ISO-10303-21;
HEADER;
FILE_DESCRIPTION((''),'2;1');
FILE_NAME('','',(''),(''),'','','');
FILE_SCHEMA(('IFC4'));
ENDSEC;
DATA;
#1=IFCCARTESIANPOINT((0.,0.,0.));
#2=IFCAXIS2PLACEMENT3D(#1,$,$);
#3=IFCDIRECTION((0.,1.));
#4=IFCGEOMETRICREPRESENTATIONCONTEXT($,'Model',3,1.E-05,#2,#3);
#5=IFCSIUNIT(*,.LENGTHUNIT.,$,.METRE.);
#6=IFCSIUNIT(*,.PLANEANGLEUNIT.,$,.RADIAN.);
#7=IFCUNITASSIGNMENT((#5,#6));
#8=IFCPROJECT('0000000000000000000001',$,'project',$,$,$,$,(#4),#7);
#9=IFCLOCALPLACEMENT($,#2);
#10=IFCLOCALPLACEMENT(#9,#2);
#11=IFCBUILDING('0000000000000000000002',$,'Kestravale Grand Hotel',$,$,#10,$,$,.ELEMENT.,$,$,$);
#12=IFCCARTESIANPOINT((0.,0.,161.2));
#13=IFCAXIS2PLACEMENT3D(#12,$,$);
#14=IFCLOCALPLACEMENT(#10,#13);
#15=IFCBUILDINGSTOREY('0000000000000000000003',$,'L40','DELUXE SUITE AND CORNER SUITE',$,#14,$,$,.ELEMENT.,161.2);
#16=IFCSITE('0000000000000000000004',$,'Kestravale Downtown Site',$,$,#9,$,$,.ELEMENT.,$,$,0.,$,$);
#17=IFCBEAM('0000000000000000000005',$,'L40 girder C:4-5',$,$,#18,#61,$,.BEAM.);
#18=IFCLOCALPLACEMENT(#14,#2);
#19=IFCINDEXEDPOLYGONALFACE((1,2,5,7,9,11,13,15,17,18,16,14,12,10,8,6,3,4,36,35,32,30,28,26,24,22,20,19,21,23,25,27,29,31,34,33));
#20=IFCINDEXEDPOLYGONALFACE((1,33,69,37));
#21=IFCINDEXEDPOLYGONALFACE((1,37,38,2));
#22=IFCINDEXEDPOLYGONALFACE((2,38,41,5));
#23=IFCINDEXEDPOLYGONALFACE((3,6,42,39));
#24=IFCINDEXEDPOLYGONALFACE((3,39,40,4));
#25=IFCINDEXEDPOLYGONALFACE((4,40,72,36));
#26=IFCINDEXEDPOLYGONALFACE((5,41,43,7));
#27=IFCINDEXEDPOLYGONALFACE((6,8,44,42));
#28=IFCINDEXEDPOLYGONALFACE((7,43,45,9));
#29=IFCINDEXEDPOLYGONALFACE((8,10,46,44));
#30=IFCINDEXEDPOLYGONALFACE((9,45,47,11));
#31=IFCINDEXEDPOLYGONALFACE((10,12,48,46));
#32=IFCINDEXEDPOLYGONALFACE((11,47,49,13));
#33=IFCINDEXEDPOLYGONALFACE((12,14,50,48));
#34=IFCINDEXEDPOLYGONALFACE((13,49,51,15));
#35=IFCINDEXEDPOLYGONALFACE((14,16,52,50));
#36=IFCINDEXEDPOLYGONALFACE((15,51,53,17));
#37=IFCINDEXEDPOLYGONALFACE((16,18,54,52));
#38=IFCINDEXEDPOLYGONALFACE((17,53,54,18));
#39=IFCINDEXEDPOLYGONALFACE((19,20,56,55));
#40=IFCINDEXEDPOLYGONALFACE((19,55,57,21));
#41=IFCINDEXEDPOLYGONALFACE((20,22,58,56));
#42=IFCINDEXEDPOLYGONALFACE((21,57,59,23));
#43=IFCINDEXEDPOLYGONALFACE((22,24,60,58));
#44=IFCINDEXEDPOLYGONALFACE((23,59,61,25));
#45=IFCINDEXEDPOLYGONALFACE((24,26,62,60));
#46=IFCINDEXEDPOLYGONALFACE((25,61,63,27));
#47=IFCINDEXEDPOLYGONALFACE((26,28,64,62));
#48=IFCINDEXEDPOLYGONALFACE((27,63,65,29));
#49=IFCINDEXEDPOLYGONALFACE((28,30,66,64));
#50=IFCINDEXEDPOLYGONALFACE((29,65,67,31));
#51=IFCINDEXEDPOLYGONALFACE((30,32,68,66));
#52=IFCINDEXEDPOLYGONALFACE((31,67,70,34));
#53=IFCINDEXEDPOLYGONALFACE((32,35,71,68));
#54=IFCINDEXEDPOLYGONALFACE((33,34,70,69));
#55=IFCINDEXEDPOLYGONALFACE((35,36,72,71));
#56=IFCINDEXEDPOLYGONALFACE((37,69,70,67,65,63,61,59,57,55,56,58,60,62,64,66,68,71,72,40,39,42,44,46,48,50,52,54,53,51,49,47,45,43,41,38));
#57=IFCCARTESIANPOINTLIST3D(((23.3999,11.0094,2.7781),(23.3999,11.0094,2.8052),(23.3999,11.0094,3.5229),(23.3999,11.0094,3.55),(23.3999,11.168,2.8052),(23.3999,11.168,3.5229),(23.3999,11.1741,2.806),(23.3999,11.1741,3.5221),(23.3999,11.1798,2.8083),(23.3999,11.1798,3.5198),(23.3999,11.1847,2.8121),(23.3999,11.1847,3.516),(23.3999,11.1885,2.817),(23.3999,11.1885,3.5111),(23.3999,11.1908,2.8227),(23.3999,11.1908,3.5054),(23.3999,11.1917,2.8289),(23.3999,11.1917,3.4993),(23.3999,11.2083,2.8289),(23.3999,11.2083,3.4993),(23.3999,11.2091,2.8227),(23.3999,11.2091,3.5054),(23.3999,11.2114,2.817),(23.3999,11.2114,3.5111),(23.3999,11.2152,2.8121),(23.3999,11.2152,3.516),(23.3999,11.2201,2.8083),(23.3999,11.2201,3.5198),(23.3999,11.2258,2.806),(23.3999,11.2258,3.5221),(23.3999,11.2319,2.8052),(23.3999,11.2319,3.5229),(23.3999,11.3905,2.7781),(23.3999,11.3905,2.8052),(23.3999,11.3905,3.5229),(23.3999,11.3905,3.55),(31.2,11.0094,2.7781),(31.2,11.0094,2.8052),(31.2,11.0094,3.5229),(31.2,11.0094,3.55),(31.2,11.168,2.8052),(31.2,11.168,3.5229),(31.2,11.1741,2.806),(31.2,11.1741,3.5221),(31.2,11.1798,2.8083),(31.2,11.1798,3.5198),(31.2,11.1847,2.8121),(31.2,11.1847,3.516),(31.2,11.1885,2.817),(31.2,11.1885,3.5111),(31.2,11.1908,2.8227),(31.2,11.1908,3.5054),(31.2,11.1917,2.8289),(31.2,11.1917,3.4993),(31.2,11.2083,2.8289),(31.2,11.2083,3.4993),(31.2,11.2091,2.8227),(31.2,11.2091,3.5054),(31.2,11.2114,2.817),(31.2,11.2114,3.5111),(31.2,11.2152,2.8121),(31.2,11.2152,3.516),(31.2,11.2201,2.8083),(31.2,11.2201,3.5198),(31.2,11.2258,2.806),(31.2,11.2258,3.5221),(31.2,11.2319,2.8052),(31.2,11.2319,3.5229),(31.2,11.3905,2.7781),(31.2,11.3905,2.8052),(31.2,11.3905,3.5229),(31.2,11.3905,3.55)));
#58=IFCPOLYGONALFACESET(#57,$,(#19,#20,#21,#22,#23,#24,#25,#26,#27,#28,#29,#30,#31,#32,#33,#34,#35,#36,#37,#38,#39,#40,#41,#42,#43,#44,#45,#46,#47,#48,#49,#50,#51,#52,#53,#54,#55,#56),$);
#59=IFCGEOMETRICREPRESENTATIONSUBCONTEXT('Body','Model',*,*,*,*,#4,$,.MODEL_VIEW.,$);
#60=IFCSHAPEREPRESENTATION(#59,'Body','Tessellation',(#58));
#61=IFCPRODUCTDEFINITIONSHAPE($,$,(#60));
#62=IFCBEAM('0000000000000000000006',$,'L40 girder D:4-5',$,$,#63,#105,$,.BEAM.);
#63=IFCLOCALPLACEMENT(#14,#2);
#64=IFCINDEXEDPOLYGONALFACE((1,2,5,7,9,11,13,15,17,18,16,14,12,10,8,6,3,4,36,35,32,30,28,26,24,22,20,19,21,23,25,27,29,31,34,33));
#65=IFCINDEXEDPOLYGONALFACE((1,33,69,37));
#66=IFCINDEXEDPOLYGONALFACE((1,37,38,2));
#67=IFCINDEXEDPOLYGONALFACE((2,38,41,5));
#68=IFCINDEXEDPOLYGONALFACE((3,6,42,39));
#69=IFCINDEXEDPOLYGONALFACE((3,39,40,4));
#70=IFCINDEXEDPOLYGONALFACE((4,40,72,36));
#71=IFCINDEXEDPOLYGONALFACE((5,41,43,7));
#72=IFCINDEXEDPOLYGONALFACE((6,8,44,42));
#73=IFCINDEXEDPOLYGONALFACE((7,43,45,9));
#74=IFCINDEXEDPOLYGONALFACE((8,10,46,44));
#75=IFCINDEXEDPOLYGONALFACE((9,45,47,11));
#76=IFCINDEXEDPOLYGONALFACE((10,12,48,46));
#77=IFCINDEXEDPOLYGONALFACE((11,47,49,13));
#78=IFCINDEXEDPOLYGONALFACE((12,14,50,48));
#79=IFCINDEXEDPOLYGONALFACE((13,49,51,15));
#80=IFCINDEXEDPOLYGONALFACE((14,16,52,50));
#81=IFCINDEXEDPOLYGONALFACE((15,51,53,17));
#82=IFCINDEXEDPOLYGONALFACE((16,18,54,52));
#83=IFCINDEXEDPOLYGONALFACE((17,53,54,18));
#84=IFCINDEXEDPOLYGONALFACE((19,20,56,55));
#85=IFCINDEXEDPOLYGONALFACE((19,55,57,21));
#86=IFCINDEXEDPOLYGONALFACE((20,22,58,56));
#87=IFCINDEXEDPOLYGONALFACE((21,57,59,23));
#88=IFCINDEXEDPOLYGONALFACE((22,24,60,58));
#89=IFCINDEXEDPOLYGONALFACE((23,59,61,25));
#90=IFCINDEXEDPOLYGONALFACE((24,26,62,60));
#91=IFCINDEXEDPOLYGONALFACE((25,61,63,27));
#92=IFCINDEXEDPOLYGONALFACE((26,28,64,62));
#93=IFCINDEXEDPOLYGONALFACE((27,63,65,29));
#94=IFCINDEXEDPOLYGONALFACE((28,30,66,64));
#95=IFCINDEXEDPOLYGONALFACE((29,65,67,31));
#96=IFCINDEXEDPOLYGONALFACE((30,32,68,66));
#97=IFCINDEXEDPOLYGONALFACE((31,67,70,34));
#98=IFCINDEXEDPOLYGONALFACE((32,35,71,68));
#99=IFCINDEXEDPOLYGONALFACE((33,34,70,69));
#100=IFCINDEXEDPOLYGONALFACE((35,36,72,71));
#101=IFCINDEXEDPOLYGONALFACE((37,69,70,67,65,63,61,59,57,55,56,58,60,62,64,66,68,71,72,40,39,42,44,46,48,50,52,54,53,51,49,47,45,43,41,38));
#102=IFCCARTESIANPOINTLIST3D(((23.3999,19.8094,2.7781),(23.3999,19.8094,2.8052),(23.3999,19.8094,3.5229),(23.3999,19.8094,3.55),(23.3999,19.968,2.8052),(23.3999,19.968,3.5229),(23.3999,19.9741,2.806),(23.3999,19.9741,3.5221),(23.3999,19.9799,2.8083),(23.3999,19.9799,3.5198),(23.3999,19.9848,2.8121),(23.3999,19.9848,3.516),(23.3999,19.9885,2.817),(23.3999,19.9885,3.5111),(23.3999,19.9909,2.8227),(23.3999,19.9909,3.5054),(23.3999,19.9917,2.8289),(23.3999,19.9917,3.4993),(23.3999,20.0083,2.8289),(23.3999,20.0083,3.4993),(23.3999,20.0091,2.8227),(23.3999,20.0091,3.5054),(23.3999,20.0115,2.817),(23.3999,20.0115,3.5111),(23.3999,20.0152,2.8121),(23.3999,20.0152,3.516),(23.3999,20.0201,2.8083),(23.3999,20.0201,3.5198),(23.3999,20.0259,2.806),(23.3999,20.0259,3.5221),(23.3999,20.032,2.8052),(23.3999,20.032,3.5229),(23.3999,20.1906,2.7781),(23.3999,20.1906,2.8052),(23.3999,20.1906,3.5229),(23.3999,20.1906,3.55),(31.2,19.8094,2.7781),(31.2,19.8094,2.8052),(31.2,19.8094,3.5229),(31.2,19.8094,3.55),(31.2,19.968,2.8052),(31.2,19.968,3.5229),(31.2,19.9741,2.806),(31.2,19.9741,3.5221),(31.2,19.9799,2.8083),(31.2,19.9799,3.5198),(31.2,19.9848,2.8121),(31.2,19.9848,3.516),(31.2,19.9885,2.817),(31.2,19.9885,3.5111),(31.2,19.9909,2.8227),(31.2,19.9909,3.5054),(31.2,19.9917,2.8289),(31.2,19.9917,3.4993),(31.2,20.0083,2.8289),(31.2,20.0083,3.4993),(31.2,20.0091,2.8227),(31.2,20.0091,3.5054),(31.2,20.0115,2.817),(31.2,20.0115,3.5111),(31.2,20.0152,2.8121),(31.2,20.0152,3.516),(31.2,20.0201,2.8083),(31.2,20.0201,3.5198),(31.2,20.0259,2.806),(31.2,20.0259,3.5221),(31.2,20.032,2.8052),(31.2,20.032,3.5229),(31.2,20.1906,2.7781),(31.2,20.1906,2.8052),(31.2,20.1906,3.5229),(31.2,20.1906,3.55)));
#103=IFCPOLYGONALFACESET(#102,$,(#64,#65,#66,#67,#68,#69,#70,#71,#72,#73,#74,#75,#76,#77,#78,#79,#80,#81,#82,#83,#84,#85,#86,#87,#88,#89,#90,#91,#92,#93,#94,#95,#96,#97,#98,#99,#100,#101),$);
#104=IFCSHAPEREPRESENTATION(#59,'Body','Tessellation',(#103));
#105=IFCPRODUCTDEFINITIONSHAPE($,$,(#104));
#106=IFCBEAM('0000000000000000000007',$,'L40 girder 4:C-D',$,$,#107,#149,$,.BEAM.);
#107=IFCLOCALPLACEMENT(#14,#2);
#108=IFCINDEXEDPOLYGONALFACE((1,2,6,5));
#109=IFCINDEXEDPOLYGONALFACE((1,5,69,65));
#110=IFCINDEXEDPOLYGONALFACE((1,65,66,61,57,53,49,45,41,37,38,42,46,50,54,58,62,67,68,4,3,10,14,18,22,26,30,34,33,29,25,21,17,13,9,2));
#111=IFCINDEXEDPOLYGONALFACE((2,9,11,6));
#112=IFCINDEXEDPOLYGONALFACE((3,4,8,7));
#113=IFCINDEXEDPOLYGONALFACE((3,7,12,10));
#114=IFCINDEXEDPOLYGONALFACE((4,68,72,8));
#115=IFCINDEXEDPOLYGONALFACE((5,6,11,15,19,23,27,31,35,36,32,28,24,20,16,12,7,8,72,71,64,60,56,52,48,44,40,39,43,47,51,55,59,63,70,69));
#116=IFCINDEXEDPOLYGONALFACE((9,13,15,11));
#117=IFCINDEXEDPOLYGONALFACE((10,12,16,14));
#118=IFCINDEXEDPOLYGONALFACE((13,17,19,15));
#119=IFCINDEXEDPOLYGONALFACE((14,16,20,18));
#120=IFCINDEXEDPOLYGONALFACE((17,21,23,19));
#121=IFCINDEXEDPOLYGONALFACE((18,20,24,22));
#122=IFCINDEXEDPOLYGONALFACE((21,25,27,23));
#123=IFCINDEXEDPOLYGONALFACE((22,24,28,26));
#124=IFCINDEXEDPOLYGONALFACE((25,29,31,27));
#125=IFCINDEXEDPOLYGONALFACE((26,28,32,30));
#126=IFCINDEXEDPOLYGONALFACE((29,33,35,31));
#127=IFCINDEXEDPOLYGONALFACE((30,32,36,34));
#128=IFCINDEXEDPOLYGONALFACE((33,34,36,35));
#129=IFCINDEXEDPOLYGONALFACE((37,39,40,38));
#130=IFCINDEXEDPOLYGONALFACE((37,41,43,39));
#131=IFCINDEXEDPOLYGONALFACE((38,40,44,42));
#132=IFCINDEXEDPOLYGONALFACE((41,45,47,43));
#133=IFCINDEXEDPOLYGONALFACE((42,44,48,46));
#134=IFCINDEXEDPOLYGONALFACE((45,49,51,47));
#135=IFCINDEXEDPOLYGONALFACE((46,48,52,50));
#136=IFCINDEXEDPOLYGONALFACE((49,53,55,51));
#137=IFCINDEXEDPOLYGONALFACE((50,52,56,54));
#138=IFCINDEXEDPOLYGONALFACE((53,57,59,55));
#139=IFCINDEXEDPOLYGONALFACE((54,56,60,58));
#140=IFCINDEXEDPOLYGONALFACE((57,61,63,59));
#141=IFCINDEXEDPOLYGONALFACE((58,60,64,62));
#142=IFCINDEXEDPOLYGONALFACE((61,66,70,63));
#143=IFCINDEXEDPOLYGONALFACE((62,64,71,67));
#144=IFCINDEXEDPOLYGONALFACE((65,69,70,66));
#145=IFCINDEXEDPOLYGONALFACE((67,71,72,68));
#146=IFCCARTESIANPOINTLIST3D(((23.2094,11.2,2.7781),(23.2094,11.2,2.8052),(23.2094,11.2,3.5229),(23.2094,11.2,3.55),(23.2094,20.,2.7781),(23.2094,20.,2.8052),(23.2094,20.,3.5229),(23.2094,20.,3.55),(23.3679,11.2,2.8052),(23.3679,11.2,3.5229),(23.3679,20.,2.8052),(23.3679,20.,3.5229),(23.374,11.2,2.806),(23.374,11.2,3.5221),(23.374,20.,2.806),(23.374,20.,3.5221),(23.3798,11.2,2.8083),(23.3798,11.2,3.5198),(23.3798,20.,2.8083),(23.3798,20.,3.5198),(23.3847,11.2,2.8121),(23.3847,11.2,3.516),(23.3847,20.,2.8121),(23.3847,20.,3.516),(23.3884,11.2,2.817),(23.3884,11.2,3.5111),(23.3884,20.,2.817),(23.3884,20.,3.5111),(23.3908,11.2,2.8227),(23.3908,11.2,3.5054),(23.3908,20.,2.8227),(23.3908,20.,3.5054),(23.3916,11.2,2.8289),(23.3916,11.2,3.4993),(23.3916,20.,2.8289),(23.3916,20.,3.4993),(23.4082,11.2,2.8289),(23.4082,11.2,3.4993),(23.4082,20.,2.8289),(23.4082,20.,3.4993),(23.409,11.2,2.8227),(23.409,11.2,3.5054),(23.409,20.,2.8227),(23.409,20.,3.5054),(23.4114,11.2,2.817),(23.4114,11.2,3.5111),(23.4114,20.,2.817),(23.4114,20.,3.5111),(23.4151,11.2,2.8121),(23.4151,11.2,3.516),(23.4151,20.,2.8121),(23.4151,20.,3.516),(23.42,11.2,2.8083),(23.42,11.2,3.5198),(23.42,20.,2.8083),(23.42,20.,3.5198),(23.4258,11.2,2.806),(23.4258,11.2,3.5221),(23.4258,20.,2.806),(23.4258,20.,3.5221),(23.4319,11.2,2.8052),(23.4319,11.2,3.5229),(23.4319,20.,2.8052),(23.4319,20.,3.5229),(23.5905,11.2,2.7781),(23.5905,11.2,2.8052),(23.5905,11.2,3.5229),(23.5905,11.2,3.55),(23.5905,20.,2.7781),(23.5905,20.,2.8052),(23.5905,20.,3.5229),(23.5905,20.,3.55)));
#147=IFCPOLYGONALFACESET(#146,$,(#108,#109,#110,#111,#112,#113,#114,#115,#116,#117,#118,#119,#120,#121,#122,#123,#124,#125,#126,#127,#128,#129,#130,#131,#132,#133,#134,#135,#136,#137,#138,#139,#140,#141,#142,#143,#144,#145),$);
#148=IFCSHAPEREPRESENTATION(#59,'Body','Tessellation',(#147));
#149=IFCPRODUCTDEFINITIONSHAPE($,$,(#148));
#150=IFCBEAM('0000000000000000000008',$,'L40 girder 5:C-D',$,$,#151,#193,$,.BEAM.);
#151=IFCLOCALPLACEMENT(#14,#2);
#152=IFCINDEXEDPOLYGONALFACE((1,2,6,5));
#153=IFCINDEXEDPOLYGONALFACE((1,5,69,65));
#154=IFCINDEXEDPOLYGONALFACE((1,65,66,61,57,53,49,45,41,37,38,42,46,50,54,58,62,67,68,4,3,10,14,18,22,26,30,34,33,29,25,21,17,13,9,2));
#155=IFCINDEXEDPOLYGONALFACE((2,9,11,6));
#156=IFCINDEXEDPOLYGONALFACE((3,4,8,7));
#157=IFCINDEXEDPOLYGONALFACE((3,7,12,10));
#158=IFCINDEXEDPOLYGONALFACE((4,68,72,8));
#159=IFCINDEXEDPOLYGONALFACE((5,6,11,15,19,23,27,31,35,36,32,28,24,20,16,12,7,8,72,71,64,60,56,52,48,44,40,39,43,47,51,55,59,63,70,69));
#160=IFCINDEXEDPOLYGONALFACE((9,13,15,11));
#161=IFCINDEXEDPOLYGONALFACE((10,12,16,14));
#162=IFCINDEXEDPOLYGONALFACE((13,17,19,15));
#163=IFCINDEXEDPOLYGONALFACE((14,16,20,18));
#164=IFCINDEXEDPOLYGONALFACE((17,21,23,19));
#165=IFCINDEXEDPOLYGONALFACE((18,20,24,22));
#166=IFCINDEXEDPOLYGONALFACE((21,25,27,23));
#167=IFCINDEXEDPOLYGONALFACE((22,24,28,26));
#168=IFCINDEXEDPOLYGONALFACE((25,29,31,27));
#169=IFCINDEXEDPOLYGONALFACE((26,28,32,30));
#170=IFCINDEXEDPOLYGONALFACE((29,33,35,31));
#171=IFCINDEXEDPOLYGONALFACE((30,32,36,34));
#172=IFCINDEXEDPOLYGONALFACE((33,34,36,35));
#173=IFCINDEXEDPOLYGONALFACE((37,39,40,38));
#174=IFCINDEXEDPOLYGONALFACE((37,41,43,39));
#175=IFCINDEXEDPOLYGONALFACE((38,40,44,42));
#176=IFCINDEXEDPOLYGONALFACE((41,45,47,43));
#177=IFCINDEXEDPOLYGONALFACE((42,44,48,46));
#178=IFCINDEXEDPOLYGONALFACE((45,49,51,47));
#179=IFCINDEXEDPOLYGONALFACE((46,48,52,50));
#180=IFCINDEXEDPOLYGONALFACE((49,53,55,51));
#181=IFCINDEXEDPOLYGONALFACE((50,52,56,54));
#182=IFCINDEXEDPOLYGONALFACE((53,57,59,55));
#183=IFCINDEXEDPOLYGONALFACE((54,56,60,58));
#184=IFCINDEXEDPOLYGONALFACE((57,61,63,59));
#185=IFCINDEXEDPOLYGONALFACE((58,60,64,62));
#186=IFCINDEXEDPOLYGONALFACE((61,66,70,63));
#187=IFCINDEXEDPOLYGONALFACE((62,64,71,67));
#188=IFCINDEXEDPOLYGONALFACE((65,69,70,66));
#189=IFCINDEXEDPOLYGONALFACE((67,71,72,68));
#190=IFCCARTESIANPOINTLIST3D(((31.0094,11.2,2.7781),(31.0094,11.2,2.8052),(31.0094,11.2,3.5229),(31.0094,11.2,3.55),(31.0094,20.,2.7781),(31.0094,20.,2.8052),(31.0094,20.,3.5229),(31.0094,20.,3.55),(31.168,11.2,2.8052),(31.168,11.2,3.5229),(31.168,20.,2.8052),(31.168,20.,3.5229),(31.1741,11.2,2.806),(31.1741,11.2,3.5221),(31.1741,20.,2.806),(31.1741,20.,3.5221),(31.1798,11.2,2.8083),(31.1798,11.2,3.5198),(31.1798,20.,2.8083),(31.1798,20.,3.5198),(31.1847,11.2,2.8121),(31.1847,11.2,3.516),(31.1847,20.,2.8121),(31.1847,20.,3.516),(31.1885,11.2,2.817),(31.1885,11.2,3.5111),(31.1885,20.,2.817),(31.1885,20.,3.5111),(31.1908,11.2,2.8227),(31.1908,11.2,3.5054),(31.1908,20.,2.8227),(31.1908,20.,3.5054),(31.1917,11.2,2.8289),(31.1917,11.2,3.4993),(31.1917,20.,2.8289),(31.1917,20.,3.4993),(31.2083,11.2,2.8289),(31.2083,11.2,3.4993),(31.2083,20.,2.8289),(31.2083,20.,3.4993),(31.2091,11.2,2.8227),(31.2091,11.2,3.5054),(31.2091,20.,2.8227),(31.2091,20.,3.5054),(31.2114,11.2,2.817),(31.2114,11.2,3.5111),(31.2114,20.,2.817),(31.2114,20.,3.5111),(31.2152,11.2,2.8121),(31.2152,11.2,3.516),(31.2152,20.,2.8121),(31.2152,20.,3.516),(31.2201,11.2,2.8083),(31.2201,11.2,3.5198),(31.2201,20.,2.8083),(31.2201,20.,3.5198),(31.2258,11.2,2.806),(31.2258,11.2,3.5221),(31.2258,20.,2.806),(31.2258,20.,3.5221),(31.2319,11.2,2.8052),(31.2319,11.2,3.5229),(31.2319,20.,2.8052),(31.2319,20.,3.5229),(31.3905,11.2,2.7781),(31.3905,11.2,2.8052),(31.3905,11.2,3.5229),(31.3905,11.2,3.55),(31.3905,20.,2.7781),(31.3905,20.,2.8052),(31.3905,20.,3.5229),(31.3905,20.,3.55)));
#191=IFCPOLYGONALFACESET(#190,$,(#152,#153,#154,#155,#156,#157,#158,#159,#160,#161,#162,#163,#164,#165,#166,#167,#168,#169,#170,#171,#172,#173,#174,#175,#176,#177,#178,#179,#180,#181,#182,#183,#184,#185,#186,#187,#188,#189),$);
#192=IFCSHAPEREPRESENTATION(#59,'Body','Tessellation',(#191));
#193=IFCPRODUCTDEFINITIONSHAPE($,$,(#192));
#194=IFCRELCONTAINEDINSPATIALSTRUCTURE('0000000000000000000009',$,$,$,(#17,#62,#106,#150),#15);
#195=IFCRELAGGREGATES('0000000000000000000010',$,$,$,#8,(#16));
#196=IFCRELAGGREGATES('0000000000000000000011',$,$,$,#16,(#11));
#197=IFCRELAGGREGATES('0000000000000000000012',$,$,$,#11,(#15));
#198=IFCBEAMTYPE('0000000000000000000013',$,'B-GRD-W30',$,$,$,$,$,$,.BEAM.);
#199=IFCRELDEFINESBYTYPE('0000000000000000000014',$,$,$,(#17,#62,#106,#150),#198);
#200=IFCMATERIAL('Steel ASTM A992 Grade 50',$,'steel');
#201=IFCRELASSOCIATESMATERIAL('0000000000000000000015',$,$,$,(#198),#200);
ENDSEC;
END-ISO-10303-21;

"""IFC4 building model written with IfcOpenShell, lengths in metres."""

from ifc_helpers import new_model, si_unit, direction, frame, origin, origin_2d, place, context, subcontext, project, spatial, i_section, extrude, material, material_profile, profile_set, type_object, element, save


model = new_model("IFC4")

# Units and contexts
model_context = context("Model", 3, precision=1e-05, world=origin(), true_north=direction((0.0, 1.0)))
body_context = subcontext(model_context, "Body", "Model", "MODEL_VIEW")
ifc_project = project(units=[si_unit("LENGTHUNIT", "METRE"), si_unit("PLANEANGLEUNIT", "RADIAN")], contexts=[model_context])

# Site, building, storey
site_placement = place(None, origin())
site = spatial("IfcSite", under=ifc_project, at=site_placement, Name="Kestravale Downtown Site", CompositionType="ELEMENT", RefElevation=0.0)
building_placement = place(site_placement, origin())
building = spatial("IfcBuilding", under=site, at=building_placement, Name="Kestravale Grand Hotel", CompositionType="ELEMENT")
storey_placement = place(building_placement, frame((0.0, 0.0, 161.2)))
storey = spatial("IfcBuildingStorey", under=building, at=storey_placement, Name="L40", Description="DELUXE SUITE AND CORNER SUITE", CompositionType="ELEMENT", Elevation=161.2)

# Beams
ifc_material_1 = material(Name="Steel ASTM A992 Grade 50", Category="steel")
ifc_material_profile_1 = material_profile(ifc_material_1, i_section(OverallWidth=0.3811, OverallDepth=0.772, WebThickness=0.0166, FlangeThickness=0.0271, FilletRadius=0.0237, at=origin_2d()))
ifc_profile_set_1 = profile_set([ifc_material_profile_1], Name="Steel ASTM A992 Grade 50")
beam_type_1 = type_object("IfcBeamType", Name="B-GRD-W30", PredefinedType="BEAM", material=ifc_profile_set_1)
for number, where, z_axis, x_axis, name in (
    (1, (23.3999, 11.2, 3.1641), (1.0, 0.0, 0.0), (0.0, 1.0, 0.0), "L40 girder C:4-5"),
    (2, (23.3999, 20.0, 3.1641), (1.0, 0.0, 0.0), (0.0, 1.0, 0.0), "L40 girder D:4-5"),
):
    element("IfcBeam", number, at=place(storey_placement, frame(where, z_axis=z_axis, x_axis=x_axis)), inside=storey, type_object=beam_type_1, Name=name, PredefinedType="BEAM", context=body_context, shape_type="SweptSolid", body=[
        extrude(i_section(OverallWidth=0.3811, OverallDepth=0.772, WebThickness=0.0166, FlangeThickness=0.0271, FilletRadius=0.0237, at=origin_2d()), origin(), (0.0, 0.0, 1.0), 7.8),
    ])
for number, where, z_axis, x_axis, name in (
    (3, (23.3999, 11.2, 3.1641), (0.0, 1.0, 0.0), (-1.0, 0.0, 0.0), "L40 girder 4:C-D"),
    (4, (31.2, 11.2, 3.1641), (0.0, 1.0, 0.0), (-1.0, 0.0, 0.0), "L40 girder 5:C-D"),
):
    element("IfcBeam", number, at=place(storey_placement, frame(where, z_axis=z_axis, x_axis=x_axis)), inside=storey, type_object=beam_type_1, Name=name, PredefinedType="BEAM", context=body_context, shape_type="SweptSolid", body=[
        extrude(i_section(OverallWidth=0.3811, OverallDepth=0.772, WebThickness=0.0166, FlangeThickness=0.0271, FilletRadius=0.0237, at=origin_2d()), origin(), (0.0, 0.0, 1.0), 8.8),
    ])

save(model, "model.ifc")
